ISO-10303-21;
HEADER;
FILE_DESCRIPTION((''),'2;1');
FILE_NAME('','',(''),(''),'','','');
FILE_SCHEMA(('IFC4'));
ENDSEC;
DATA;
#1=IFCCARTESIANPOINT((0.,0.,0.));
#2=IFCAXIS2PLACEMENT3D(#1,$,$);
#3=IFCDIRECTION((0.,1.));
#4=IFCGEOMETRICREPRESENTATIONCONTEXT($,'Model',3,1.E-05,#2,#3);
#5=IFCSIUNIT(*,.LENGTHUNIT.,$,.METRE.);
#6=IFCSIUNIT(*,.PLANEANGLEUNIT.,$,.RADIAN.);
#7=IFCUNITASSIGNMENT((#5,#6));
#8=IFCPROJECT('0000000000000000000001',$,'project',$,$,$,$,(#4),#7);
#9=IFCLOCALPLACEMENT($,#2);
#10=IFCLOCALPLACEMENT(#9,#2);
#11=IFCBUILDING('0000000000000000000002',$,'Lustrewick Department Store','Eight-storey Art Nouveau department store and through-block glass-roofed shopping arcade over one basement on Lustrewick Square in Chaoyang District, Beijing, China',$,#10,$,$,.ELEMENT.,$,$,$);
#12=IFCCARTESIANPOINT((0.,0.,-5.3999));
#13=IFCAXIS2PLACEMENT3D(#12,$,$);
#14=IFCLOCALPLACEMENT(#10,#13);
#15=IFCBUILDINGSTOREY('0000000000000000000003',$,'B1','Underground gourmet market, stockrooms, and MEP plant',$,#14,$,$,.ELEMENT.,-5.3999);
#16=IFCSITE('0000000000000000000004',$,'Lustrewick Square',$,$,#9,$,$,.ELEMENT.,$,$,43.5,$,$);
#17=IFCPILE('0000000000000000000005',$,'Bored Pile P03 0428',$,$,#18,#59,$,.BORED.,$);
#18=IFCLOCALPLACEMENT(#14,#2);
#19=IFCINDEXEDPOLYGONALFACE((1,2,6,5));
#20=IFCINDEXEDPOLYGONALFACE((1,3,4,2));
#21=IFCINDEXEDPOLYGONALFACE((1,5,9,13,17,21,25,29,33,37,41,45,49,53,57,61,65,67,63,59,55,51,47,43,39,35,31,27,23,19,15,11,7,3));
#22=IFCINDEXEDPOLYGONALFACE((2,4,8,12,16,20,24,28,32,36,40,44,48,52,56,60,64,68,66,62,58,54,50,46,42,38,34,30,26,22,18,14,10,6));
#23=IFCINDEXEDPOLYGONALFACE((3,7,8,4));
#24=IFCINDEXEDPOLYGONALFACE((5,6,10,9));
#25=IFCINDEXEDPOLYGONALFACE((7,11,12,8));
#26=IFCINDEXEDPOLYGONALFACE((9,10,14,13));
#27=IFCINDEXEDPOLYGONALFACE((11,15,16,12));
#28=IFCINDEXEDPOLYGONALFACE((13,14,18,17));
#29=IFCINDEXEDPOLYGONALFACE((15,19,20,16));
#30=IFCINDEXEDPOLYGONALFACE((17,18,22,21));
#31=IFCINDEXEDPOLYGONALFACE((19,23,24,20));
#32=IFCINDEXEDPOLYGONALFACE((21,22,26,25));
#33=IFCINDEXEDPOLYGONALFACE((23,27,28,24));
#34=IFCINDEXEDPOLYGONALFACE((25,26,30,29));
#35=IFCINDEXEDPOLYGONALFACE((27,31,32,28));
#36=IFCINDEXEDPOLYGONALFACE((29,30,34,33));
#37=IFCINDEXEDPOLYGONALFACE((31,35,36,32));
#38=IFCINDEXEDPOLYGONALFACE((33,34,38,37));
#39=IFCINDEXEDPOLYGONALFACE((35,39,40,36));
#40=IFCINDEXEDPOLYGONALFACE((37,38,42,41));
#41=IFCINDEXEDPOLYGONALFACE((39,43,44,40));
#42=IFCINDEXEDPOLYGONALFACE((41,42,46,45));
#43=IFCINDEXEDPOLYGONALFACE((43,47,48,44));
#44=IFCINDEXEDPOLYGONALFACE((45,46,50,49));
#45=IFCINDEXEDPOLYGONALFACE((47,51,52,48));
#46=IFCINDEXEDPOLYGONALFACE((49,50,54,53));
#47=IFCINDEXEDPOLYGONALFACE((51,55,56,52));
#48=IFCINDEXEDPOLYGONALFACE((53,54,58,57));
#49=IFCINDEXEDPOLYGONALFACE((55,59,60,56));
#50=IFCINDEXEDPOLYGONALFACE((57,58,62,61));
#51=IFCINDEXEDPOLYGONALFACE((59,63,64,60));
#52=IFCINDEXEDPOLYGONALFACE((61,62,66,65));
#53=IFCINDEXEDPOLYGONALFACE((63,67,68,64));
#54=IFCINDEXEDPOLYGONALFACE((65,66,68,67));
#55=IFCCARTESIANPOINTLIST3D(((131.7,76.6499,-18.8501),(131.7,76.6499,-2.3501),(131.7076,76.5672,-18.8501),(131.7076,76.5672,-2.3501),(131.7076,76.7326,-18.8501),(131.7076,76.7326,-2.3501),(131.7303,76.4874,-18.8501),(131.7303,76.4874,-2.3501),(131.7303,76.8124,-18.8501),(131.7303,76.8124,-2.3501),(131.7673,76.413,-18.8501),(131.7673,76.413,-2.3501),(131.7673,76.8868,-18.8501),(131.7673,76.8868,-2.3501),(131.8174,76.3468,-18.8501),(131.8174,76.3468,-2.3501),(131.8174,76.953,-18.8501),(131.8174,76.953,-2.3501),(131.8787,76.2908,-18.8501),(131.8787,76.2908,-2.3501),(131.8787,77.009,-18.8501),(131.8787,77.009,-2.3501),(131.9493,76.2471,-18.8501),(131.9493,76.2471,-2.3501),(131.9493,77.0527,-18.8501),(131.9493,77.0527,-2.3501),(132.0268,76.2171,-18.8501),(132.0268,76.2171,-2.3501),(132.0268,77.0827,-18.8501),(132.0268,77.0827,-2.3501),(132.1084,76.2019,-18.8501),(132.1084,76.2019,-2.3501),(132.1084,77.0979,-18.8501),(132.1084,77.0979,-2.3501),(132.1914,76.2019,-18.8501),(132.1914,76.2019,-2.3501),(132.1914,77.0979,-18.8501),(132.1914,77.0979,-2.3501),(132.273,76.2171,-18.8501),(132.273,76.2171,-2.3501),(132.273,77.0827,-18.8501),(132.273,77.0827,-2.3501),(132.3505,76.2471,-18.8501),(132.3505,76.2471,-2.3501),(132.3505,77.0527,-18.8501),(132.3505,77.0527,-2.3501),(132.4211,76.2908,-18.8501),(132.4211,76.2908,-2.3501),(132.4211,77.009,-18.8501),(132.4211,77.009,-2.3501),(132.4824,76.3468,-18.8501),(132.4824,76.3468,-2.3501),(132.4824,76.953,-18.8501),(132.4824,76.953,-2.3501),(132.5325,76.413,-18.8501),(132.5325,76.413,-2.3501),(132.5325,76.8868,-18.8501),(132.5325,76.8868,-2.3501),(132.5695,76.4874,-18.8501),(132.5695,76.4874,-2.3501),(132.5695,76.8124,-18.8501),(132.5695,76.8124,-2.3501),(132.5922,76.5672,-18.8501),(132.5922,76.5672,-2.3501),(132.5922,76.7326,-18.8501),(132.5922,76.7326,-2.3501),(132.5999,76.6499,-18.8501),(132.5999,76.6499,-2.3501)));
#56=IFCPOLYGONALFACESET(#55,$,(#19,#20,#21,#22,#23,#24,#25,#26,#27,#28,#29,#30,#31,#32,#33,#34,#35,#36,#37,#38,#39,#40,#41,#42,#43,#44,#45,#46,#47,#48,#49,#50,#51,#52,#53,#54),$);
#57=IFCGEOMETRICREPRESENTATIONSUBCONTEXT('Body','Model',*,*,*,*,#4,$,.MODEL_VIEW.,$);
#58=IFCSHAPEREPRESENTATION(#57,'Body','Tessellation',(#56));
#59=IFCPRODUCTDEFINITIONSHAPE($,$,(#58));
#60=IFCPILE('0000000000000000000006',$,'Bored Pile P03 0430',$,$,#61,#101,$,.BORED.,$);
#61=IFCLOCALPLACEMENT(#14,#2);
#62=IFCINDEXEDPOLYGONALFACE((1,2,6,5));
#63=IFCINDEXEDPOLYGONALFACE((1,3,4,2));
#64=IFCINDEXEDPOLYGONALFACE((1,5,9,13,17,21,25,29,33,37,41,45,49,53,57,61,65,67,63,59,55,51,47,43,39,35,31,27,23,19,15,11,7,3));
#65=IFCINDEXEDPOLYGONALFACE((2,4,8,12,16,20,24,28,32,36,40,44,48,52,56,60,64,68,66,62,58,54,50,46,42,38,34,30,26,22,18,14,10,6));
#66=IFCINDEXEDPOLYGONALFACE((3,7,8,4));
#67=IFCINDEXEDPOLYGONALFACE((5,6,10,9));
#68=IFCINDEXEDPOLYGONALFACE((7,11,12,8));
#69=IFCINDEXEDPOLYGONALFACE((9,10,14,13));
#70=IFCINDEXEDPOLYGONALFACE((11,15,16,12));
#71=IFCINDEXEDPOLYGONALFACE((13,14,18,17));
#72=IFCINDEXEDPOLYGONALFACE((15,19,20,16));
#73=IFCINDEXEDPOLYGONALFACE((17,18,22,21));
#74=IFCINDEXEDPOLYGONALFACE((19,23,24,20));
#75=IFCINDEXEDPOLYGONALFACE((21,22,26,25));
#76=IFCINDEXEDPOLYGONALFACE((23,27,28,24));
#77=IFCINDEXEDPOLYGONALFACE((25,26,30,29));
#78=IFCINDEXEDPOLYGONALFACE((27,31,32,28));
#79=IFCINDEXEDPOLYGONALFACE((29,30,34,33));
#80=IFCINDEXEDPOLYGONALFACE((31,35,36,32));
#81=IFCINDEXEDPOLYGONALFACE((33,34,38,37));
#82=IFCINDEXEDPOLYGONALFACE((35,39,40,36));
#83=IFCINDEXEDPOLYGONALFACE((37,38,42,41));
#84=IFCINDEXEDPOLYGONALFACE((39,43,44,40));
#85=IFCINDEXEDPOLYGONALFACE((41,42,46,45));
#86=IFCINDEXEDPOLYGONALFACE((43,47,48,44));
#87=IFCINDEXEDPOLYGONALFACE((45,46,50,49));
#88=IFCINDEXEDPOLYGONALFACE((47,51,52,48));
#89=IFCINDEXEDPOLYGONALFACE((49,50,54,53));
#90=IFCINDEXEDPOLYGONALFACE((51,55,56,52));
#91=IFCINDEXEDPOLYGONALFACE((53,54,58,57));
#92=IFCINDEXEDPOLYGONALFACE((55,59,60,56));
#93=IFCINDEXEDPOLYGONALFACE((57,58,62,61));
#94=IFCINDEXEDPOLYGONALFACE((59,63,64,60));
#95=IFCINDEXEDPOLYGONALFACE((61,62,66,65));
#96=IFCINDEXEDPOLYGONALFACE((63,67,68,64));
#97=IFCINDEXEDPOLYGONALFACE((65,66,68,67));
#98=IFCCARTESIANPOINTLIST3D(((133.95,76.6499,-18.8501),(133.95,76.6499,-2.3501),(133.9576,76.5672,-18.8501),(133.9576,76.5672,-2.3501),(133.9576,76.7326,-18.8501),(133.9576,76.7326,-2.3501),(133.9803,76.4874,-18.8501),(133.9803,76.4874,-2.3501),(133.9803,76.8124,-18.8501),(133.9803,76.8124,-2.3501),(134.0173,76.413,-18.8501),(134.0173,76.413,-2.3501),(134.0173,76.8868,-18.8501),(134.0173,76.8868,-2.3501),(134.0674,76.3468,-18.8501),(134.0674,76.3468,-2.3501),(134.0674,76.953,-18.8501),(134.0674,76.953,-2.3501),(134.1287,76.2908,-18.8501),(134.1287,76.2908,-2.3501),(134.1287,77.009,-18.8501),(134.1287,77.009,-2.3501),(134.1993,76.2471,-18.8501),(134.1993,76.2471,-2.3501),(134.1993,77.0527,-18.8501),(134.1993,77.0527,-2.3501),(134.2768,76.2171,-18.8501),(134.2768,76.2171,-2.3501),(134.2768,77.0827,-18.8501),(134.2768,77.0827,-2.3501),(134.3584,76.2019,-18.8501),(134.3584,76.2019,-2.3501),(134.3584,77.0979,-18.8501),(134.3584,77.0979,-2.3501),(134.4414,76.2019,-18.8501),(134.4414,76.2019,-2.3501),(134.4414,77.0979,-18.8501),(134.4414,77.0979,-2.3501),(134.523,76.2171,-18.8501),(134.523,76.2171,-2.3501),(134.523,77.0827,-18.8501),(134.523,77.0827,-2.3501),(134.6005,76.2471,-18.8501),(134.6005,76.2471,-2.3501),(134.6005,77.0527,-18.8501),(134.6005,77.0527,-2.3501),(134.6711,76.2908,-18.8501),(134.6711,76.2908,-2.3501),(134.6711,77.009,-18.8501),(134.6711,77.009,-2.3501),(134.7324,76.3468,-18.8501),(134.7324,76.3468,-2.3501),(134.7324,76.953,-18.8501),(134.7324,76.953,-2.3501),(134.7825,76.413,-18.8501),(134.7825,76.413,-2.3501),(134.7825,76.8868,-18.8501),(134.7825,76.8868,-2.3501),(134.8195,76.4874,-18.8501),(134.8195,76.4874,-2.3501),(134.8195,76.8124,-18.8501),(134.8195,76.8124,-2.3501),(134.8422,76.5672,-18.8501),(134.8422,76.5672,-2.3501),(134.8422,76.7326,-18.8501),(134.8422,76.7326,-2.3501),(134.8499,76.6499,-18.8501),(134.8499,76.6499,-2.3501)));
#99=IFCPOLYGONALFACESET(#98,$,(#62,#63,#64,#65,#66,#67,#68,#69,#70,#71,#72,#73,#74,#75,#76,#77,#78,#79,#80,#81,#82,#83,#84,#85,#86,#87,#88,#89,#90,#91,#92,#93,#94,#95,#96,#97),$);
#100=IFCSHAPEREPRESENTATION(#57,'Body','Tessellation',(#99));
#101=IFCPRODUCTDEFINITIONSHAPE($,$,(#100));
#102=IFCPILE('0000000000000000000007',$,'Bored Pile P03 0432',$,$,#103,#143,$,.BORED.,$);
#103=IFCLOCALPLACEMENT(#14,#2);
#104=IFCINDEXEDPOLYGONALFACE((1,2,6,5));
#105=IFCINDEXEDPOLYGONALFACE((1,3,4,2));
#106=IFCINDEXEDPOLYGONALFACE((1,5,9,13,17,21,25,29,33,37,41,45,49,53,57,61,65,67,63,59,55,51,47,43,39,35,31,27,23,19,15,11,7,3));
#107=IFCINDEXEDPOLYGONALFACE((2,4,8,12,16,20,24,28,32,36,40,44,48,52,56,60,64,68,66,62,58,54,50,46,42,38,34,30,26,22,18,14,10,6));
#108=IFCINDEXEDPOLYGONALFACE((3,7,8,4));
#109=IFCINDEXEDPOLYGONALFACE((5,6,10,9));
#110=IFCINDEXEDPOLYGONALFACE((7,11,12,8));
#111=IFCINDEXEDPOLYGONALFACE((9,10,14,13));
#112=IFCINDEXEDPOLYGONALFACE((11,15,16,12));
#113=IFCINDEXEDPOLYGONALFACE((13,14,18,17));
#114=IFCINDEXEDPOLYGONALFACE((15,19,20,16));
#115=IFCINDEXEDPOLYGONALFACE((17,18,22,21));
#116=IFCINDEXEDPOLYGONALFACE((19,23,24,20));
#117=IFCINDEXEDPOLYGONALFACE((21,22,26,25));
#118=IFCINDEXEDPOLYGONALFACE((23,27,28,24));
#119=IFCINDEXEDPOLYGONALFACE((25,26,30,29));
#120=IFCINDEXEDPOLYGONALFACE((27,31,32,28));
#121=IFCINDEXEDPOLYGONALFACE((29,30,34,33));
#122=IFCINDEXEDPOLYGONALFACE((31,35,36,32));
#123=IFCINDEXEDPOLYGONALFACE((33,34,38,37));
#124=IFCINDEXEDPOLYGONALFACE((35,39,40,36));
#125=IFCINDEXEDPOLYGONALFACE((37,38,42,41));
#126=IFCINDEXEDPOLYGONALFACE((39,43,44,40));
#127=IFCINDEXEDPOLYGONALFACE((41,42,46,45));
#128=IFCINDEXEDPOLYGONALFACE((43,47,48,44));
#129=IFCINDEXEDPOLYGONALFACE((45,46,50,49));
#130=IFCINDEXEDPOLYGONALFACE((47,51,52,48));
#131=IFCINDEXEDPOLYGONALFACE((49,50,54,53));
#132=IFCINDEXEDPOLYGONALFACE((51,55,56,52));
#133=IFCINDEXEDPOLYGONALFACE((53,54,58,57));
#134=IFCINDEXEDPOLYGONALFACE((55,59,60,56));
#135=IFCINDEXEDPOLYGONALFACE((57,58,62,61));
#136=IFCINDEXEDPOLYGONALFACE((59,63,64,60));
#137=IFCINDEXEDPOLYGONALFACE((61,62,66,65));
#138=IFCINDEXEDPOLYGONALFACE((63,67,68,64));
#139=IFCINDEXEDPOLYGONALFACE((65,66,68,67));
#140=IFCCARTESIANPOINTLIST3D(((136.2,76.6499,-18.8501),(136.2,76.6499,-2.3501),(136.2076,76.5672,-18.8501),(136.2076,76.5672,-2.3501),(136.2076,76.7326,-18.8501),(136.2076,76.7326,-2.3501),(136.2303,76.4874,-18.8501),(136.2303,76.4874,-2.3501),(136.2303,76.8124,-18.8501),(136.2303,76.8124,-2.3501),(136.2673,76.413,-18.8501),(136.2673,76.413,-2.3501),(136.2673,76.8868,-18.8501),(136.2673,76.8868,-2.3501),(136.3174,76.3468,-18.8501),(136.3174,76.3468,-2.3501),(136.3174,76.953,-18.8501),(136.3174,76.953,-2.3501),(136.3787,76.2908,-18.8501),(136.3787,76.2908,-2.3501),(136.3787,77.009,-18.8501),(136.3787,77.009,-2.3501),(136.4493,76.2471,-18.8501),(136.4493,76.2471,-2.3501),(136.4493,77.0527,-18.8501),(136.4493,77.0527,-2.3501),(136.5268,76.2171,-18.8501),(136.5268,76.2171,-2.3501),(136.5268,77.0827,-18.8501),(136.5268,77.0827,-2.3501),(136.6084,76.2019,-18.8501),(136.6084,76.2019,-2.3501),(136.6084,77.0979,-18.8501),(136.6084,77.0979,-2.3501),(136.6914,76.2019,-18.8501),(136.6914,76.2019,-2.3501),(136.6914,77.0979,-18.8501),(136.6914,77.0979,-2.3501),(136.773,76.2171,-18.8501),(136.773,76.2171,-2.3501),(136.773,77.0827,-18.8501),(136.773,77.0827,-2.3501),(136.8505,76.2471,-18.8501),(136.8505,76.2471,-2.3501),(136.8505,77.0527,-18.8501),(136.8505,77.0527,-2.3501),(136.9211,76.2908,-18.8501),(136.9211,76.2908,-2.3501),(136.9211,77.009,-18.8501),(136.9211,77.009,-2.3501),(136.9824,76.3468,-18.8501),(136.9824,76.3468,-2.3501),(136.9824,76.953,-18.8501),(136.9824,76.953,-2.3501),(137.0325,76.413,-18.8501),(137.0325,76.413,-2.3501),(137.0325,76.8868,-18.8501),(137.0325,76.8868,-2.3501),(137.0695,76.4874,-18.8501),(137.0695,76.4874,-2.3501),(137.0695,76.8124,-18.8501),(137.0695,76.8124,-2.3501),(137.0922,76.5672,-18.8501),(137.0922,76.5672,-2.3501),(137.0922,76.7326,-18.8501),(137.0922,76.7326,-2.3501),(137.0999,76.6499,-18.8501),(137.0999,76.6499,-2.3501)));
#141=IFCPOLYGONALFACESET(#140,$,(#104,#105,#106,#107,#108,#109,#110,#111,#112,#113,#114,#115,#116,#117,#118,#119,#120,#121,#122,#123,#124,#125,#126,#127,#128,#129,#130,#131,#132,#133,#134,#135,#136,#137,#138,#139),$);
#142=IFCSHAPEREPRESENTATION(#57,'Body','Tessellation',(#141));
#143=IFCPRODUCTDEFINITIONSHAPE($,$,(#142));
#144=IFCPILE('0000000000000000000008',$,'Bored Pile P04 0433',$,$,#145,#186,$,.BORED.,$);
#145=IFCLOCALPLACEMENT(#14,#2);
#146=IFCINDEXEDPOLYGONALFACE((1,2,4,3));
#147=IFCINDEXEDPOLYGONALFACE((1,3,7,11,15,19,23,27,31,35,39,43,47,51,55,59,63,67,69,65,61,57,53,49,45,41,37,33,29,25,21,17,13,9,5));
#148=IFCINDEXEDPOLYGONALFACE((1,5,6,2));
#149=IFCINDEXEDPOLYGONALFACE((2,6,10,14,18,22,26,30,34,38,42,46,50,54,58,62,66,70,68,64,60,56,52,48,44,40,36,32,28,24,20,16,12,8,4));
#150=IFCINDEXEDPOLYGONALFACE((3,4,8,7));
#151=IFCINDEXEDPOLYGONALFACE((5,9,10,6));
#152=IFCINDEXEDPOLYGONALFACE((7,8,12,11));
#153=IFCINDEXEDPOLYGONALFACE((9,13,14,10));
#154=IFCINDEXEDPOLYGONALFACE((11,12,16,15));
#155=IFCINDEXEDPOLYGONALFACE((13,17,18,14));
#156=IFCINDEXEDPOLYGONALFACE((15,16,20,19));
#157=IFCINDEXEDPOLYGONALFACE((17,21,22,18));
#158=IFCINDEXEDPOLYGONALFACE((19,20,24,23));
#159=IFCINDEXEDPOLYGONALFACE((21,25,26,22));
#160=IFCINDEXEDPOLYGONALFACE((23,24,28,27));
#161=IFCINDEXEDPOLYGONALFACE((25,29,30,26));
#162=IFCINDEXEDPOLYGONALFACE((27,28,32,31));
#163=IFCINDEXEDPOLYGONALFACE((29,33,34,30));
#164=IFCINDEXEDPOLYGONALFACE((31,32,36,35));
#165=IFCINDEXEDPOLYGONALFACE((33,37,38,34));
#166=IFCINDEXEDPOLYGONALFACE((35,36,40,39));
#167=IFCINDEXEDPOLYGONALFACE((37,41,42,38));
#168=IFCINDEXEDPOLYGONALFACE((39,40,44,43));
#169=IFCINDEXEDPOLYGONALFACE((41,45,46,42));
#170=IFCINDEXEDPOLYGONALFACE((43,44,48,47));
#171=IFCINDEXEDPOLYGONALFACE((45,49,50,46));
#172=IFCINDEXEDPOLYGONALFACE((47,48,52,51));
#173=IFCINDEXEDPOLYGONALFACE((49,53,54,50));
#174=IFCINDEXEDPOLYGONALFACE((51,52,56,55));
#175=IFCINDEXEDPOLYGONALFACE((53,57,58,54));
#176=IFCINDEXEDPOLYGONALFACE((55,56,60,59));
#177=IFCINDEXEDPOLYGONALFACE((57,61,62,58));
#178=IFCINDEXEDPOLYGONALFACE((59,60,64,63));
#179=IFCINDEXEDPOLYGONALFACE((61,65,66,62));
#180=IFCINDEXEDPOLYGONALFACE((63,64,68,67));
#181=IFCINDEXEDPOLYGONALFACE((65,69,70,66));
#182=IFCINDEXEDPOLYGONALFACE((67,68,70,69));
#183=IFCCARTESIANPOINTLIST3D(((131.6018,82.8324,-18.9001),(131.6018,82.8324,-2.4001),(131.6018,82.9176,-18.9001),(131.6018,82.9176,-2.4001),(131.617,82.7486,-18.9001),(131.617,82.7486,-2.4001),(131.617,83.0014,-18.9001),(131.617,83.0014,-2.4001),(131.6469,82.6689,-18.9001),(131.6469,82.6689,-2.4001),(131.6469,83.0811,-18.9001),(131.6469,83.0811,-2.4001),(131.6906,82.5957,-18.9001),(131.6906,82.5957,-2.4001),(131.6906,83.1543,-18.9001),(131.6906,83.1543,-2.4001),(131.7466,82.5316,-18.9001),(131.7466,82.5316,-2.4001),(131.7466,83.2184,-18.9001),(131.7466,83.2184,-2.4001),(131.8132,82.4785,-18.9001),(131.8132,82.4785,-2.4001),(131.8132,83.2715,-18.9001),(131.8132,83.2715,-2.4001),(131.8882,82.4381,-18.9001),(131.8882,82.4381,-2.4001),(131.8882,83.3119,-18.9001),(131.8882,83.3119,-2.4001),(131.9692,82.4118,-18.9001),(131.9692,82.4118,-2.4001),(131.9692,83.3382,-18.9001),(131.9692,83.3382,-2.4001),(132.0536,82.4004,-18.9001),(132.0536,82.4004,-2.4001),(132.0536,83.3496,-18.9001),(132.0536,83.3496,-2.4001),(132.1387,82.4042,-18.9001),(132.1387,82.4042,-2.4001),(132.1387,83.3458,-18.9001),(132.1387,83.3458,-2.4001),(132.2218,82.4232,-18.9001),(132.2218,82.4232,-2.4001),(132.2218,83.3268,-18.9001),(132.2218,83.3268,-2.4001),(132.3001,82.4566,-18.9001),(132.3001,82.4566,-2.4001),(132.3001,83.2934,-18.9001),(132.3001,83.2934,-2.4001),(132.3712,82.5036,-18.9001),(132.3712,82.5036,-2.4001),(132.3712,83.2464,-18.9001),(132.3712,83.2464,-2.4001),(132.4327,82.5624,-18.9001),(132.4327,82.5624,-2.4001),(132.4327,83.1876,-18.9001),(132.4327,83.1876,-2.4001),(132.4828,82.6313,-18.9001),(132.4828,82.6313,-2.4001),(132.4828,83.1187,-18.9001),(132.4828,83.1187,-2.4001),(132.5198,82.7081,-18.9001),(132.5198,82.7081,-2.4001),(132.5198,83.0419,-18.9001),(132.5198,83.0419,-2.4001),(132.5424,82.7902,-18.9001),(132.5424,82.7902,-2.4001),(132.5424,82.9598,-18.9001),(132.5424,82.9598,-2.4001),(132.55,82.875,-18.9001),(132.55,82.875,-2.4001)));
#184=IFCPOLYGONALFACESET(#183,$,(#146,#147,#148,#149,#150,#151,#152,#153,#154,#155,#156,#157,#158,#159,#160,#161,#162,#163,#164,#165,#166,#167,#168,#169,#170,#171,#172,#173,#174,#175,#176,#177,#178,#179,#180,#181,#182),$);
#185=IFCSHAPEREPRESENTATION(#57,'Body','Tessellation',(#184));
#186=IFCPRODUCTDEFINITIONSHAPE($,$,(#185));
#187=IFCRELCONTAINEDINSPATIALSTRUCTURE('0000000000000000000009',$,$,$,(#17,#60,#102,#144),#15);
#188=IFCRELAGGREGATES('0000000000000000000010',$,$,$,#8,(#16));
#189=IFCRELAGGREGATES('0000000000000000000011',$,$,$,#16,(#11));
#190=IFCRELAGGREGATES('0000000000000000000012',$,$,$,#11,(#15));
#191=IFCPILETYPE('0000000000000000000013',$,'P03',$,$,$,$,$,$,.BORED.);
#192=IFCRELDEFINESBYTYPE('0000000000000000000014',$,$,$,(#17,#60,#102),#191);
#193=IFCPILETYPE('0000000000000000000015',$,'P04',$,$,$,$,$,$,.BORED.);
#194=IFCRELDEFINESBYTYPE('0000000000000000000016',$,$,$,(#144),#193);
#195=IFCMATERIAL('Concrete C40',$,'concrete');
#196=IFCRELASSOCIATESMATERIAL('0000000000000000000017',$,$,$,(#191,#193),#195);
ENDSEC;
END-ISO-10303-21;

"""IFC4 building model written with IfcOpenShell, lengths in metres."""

from ifc_helpers import new_model, si_unit, direction, frame, origin, origin_2d, place, context, subcontext, project, spatial, circle, extrude, material, material_profile, profile_set, type_object, element, save


model = new_model("IFC4")

# Units and contexts
model_context = context("Model", 3, precision=1e-05, world=origin(), true_north=direction((0.0, 1.0)))
body_context = subcontext(model_context, "Body", "Model", "MODEL_VIEW")
ifc_project = project(units=[si_unit("LENGTHUNIT", "METRE"), si_unit("PLANEANGLEUNIT", "RADIAN")], contexts=[model_context])

# Site, building, storey
site_placement = place(None, origin())
site = spatial("IfcSite", under=ifc_project, at=site_placement, Name="Lustrewick Square", CompositionType="ELEMENT", RefElevation=43.5)
building_placement = place(site_placement, origin())
building = spatial("IfcBuilding", under=site, at=building_placement, Name="Lustrewick Department Store", Description="Eight-storey Art Nouveau department store and through-block glass-roofed shopping arcade over one basement on Lustrewick Square in Chaoyang District, Beijing, China", CompositionType="ELEMENT")
storey_placement = place(building_placement, frame((0.0, 0.0, -5.3999)))
storey = spatial("IfcBuildingStorey", under=building, at=storey_placement, Name="B1", Description="Underground gourmet market, stockrooms, and MEP plant", CompositionType="ELEMENT", Elevation=-5.3999)

# Piles
ifc_material_1 = material(Name="Concrete C40", Category="concrete")
ifc_material_profile_1 = material_profile(ifc_material_1, circle(Radius=0.45, at=origin_2d()), Name="PILE D900")
ifc_profile_set_1 = profile_set([ifc_material_profile_1], Name="Concrete C40")
pile_type_1 = type_object("IfcPileType", Name="P03", PredefinedType="BORED", material=ifc_profile_set_1)
for number, where, z_axis, x_axis, name in (
    (1, (132.1499, 76.6499, -2.3501), (0.0, 0.0, -1.0), (1.0, 0.0, 0.0), "Bored Pile P03 0428"),
    (2, (134.3999, 76.6499, -2.3501), (0.0, 0.0, -1.0), (1.0, 0.0, 0.0), "Bored Pile P03 0430"),
    (3, (136.6499, 76.6499, -2.3501), (0.0, 0.0, -1.0), (1.0, 0.0, 0.0), "Bored Pile P03 0432"),
):
    element("IfcPile", number, at=place(storey_placement, frame(where, z_axis=z_axis, x_axis=x_axis)), inside=storey, type_object=pile_type_1, Name=name, PredefinedType="BORED", context=body_context, shape_type="SweptSolid", body=[
        extrude(circle(Radius=0.45, at=origin_2d()), origin(), (0.0, 0.0, 1.0), 16.5),
    ])
ifc_material_profile_2 = material_profile(ifc_material_1, circle(Radius=0.4751, at=origin_2d()), Name="PILE D950")
ifc_profile_set_2 = profile_set([ifc_material_profile_2], Name="Concrete C40")
pile_type_2 = type_object("IfcPileType", Name="P04", PredefinedType="BORED", material=ifc_profile_set_2)
for number, where, z_axis, x_axis, name in (
    (4, (132.075, 82.875, -2.4001), (0.0, 0.0, -1.0), (1.0, 0.0, 0.0), "Bored Pile P04 0433"),
):
    element("IfcPile", number, at=place(storey_placement, frame(where, z_axis=z_axis, x_axis=x_axis)), inside=storey, type_object=pile_type_2, Name=name, PredefinedType="BORED", context=body_context, shape_type="SweptSolid", body=[
        extrude(circle(Radius=0.4751, at=origin_2d()), origin(), (0.0, 0.0, 1.0), 16.5),
    ])

save(model, "model.ifc")
